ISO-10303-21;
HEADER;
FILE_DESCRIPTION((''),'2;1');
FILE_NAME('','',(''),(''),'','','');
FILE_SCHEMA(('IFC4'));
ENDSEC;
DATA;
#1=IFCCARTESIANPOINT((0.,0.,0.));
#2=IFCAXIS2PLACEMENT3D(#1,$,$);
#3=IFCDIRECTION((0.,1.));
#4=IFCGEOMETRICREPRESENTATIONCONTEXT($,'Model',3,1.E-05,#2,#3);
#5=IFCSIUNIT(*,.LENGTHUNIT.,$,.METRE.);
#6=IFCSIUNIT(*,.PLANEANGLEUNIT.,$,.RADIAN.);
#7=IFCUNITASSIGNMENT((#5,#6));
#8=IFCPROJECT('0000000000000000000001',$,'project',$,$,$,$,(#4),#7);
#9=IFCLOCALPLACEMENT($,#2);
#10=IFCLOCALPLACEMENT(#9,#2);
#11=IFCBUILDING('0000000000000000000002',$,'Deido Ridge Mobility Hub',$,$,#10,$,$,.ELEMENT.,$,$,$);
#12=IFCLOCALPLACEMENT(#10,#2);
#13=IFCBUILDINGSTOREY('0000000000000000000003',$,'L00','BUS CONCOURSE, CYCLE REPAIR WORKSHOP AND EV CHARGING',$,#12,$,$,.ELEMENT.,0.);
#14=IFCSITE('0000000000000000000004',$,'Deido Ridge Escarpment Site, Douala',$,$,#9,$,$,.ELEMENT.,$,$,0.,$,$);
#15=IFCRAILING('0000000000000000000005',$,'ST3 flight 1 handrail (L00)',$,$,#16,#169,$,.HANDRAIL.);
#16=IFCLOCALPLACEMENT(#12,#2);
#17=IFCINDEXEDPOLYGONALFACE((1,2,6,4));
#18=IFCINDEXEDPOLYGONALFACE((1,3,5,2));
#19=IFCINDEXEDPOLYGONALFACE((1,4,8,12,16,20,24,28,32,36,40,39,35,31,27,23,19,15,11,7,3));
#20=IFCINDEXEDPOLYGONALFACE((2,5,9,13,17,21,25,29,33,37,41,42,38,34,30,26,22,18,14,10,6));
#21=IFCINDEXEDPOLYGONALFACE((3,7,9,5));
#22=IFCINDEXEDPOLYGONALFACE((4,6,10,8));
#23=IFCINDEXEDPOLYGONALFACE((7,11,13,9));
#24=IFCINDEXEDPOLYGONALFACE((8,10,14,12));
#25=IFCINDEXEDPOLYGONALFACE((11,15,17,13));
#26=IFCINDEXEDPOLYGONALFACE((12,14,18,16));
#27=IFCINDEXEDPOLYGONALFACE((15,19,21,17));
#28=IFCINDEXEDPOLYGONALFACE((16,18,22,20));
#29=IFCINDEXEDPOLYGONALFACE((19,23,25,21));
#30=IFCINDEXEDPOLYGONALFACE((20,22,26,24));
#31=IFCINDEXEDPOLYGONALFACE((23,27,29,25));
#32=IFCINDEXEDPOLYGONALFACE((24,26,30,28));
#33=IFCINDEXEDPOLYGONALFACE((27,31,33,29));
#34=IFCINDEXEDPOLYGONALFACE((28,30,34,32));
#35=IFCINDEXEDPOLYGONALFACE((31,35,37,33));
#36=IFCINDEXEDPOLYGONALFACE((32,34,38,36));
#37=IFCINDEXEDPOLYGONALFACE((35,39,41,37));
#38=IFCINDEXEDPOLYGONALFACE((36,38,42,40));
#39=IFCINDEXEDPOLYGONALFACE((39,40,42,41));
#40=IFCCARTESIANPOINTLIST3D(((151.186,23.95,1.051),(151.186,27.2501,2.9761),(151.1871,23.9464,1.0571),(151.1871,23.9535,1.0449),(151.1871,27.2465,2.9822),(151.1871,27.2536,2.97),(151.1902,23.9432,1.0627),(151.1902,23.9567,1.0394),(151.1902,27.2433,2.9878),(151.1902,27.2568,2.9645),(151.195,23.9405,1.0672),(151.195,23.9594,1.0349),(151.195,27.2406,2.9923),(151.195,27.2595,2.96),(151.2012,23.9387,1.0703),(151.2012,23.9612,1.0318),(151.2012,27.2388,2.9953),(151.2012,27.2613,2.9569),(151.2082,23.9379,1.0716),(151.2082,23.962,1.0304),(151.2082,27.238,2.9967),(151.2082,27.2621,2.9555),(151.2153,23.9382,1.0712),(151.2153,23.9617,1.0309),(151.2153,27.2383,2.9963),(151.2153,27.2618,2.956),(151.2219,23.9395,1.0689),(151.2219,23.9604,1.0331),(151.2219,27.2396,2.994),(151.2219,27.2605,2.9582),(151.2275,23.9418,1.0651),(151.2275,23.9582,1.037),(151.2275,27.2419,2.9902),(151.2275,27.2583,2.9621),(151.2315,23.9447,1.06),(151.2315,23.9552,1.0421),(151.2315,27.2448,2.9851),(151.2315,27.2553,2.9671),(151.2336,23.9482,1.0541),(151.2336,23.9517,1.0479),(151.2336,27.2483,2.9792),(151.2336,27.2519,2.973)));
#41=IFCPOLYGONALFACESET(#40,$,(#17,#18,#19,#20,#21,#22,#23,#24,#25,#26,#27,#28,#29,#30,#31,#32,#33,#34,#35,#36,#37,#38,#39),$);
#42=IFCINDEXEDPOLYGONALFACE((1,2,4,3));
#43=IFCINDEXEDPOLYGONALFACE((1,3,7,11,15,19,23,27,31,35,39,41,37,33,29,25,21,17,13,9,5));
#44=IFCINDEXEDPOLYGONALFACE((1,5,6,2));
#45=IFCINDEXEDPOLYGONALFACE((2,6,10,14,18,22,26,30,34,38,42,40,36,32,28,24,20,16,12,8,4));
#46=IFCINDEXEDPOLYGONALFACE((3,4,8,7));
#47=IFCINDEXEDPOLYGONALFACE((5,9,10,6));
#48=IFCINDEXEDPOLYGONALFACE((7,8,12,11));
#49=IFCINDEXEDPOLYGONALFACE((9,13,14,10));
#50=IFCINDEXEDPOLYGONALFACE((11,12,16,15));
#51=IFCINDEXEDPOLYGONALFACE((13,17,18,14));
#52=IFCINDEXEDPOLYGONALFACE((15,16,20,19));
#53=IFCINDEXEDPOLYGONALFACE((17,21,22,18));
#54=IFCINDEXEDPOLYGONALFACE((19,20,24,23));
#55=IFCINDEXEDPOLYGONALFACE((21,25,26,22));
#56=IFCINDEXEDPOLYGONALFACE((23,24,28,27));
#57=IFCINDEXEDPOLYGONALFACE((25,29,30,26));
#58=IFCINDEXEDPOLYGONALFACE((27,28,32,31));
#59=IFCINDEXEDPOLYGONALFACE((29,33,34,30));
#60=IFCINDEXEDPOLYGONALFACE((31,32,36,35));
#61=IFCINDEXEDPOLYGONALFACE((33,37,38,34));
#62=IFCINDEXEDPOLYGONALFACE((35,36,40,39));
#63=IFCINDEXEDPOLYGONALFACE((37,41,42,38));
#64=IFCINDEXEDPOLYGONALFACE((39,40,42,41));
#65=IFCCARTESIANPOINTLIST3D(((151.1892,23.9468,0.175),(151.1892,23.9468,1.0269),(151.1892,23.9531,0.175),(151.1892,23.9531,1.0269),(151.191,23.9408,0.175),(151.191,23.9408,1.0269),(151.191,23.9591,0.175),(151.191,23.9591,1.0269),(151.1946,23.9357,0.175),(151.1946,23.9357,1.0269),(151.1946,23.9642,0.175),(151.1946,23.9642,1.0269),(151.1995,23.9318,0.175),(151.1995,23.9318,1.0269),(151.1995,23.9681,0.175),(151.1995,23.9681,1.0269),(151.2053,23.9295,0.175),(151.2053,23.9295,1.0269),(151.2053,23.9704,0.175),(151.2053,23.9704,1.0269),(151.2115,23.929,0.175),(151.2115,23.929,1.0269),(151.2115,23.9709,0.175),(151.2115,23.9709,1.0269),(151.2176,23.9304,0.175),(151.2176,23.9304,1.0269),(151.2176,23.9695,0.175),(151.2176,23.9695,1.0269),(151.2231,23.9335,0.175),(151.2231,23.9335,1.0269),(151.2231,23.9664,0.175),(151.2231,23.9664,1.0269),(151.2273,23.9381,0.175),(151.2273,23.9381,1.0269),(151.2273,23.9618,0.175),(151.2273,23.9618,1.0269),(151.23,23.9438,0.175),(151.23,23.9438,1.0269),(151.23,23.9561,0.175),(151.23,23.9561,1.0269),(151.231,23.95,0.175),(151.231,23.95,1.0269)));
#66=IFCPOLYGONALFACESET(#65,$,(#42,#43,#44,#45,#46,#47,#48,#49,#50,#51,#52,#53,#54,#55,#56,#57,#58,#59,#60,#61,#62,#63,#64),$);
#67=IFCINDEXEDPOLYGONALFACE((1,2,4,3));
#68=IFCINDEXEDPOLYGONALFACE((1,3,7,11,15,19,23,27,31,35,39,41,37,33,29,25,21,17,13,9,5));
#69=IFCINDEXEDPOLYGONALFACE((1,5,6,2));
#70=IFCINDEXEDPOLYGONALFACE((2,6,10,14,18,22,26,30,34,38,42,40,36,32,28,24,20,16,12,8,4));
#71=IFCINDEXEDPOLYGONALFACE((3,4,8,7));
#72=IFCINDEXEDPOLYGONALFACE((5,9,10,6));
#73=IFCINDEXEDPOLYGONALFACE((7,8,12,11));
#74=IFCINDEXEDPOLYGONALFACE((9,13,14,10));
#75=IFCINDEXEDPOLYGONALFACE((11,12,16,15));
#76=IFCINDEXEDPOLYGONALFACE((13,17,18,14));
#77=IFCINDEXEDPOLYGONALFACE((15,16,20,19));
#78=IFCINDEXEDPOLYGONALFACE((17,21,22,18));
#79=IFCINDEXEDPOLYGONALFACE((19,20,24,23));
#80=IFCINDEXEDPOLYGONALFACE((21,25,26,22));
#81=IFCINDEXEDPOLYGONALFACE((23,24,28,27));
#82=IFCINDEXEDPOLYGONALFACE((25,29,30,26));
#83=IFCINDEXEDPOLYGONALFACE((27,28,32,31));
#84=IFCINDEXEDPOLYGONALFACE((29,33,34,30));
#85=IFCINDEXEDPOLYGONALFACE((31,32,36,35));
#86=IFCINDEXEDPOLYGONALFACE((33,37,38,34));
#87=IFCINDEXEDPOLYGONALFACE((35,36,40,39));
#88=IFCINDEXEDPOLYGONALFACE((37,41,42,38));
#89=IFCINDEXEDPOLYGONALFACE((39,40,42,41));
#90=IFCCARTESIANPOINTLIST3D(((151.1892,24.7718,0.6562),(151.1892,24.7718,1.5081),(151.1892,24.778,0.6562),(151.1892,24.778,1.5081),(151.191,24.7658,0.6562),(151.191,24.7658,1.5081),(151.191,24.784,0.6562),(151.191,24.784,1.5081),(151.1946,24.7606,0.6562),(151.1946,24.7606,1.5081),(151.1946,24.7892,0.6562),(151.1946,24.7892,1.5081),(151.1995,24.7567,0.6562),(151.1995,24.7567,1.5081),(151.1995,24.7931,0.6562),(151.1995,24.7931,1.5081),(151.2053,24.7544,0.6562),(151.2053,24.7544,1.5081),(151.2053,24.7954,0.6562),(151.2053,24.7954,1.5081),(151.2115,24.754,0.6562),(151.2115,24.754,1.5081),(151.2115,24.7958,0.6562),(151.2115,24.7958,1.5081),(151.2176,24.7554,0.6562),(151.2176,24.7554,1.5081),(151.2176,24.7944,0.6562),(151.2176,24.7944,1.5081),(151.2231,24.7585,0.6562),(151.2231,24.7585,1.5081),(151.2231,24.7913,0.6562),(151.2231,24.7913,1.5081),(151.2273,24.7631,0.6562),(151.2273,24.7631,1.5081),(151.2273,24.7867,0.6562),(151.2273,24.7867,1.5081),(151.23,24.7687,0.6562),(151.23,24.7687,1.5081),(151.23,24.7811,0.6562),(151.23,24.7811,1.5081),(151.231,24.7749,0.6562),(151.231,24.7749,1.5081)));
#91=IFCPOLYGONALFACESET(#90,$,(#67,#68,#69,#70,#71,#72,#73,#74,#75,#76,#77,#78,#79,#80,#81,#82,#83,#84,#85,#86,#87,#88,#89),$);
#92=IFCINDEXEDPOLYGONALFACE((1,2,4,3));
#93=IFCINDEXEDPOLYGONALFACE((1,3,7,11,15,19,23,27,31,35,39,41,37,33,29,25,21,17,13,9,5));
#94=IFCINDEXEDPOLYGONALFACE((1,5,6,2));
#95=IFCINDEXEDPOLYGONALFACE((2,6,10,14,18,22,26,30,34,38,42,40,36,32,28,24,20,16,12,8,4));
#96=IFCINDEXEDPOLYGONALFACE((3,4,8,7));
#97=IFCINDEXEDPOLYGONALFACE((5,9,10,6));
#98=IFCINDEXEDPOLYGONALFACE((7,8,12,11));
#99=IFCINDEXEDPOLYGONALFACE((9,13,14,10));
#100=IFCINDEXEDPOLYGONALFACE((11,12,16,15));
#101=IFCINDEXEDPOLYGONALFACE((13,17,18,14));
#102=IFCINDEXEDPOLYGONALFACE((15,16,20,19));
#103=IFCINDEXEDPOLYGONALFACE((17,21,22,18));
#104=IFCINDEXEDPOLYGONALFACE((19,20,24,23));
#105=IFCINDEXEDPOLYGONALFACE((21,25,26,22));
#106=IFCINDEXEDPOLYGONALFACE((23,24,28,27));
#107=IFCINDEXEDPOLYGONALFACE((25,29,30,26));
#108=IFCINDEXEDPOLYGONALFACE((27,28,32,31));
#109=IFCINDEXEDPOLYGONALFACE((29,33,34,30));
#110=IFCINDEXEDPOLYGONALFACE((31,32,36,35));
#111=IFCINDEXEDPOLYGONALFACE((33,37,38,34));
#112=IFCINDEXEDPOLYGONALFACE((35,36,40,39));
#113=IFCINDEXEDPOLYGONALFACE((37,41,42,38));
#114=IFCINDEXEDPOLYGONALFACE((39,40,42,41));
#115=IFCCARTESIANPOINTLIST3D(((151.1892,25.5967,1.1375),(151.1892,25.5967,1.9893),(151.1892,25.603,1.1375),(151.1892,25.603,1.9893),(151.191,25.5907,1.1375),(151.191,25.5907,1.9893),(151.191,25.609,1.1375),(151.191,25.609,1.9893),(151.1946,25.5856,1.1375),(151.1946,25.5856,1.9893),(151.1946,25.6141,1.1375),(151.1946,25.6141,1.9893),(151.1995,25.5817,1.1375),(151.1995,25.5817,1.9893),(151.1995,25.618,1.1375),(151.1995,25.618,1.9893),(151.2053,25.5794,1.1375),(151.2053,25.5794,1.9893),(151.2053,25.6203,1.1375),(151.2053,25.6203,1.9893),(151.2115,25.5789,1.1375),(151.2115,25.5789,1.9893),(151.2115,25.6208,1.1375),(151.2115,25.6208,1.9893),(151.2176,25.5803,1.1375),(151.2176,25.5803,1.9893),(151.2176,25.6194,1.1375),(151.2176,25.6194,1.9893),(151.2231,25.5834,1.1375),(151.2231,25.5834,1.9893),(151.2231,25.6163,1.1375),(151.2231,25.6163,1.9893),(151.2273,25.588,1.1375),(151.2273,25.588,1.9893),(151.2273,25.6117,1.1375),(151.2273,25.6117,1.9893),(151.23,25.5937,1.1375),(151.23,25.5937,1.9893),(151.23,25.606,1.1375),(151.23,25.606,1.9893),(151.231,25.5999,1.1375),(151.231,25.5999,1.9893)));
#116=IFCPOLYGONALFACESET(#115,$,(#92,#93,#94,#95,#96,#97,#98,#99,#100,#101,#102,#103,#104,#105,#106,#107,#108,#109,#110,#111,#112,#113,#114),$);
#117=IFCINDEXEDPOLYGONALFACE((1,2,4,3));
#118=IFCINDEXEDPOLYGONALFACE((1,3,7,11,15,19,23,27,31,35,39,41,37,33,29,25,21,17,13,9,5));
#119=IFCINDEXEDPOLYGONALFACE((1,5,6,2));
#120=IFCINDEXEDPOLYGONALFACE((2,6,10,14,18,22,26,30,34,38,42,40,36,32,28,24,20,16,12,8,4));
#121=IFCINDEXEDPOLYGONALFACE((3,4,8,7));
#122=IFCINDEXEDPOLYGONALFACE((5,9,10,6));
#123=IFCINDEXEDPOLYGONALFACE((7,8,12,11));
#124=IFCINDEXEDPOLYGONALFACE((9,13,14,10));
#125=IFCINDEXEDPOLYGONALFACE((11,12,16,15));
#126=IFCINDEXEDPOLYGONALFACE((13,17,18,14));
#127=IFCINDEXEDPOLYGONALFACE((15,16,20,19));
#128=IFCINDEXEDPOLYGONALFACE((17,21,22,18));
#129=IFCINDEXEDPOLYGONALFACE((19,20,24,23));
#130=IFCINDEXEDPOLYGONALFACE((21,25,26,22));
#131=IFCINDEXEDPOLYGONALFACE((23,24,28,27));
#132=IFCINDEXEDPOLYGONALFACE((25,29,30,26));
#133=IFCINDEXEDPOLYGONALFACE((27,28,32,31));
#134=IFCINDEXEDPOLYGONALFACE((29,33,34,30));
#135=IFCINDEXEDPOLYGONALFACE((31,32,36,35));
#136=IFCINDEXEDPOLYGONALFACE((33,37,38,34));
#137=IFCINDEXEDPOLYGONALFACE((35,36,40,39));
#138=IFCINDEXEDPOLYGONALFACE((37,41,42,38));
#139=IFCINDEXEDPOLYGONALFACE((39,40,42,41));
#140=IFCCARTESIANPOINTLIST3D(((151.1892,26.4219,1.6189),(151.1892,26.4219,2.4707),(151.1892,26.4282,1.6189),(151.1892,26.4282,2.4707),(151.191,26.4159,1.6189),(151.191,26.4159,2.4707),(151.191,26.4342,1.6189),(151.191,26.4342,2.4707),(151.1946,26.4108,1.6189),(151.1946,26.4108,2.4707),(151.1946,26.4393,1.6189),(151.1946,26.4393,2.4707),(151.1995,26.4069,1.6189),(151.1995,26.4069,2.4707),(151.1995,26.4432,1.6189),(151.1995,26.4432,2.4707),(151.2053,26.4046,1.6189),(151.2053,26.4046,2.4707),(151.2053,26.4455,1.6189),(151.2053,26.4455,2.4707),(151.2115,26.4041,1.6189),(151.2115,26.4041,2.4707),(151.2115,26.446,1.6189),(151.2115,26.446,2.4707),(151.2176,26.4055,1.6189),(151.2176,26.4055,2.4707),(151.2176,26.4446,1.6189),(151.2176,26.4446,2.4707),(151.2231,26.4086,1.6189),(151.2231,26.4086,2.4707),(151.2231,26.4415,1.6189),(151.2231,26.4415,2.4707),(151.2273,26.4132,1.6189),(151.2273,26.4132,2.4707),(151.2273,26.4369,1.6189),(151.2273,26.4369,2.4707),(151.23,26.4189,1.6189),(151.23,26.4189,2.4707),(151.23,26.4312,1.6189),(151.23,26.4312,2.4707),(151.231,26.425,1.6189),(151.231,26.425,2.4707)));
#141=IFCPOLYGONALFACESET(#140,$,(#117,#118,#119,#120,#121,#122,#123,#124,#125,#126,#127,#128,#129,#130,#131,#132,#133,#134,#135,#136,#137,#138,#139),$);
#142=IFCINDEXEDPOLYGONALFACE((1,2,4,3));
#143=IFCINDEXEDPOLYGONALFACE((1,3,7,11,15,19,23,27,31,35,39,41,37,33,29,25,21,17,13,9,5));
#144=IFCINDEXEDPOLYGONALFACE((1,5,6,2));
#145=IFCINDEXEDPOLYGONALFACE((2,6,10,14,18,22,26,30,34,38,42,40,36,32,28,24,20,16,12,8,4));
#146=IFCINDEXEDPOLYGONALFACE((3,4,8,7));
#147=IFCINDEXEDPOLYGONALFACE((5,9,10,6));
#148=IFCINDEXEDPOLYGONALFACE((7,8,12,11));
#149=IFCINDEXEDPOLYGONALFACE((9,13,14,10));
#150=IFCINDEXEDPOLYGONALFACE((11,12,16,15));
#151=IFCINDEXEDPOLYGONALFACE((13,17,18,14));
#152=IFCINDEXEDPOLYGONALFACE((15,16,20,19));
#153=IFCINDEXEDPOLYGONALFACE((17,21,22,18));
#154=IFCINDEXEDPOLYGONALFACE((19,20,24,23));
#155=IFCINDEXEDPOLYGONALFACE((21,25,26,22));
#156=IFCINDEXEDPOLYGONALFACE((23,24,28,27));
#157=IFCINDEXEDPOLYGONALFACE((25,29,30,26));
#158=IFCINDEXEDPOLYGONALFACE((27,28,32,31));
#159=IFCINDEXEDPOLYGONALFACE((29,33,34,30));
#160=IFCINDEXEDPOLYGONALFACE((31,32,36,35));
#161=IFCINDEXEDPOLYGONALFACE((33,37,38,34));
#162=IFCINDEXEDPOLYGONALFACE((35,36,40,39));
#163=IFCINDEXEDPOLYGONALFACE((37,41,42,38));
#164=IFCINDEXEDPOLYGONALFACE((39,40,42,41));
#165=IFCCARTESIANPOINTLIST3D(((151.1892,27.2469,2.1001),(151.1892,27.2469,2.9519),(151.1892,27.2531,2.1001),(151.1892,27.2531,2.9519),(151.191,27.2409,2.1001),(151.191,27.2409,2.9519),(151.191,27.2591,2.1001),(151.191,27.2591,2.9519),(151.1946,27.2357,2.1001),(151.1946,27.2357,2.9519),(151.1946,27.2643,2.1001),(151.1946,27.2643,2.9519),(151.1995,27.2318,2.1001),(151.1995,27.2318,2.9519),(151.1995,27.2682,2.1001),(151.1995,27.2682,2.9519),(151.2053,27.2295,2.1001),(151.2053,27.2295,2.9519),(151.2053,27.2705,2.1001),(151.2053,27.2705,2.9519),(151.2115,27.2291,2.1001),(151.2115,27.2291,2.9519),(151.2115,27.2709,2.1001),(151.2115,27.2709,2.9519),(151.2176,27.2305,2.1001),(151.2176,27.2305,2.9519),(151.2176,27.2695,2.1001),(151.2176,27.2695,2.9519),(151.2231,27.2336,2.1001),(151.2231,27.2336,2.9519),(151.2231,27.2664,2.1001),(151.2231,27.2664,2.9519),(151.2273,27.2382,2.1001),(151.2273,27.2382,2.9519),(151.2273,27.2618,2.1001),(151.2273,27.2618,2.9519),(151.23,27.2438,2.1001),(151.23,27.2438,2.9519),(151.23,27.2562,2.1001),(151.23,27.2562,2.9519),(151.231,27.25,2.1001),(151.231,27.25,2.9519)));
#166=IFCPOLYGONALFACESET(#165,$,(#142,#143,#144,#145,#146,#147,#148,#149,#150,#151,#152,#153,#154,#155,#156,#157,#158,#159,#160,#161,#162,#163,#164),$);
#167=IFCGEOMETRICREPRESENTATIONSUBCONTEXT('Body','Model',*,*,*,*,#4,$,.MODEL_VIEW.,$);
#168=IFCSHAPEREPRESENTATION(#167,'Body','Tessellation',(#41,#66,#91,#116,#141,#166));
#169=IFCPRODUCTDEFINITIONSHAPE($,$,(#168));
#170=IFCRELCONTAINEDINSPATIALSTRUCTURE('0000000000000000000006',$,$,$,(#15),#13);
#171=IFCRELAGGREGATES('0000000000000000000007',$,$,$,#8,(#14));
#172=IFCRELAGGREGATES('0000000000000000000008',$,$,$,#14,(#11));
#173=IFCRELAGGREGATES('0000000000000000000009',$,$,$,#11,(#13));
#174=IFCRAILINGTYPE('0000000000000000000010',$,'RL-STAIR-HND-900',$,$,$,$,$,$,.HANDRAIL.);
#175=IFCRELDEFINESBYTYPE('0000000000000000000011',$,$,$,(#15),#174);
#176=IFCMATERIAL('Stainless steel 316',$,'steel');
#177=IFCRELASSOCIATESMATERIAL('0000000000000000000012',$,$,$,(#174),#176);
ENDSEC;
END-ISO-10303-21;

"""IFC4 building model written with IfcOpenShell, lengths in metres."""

from ifc_helpers import new_model, si_unit, direction, frame, origin, origin_2d, place, context, subcontext, project, spatial, circle, extrude, material, type_object, element, save


model = new_model("IFC4")

# Units and contexts
model_context = context("Model", 3, precision=1e-05, world=origin(), true_north=direction((0.0, 1.0)))
body_context = subcontext(model_context, "Body", "Model", "MODEL_VIEW")
ifc_project = project(units=[si_unit("LENGTHUNIT", "METRE"), si_unit("PLANEANGLEUNIT", "RADIAN")], contexts=[model_context])

# Site, building, storey
site_placement = place(None, origin())
site = spatial("IfcSite", under=ifc_project, at=site_placement, Name="Deido Ridge Escarpment Site, Douala", CompositionType="ELEMENT", RefElevation=0.0)
building_placement = place(site_placement, origin())
building = spatial("IfcBuilding", under=site, at=building_placement, Name="Deido Ridge Mobility Hub", CompositionType="ELEMENT")
storey_placement = place(building_placement, origin())
storey = spatial("IfcBuildingStorey", under=building, at=storey_placement, Name="L00", Description="BUS CONCOURSE, CYCLE REPAIR WORKSHOP AND EV CHARGING", CompositionType="ELEMENT", Elevation=0.0)

# Shared definitions
ifc_material_1 = material(Name="Stainless steel 316", Category="steel")

# Railing
railing_type_1 = type_object("IfcRailingType", Name="RL-STAIR-HND-900", PredefinedType="HANDRAIL", material=ifc_material_1)
railing_1_placement = place(storey_placement, frame((151.21, 23.95, 0.175)))
element("IfcRailing", 1, at=railing_1_placement, inside=storey, type_object=railing_type_1, Name="ST3 flight 1 handrail (L00)", PredefinedType="HANDRAIL", context=body_context, shape_type="SweptSolid", body=[
    extrude(circle(Radius=0.0239, at=origin_2d()), frame((0.0, 0.0, 0.876), z_axis=(0.0, 0.863777, 0.503875), x_axis=(-1.0, 0.0, 0.0)), (0.0, 0.0, 1.0), 3.8206),
    extrude(circle(Radius=0.021, at=origin_2d()), origin(), (0.0, 0.0, 1.0), 0.8518),
    extrude(circle(Radius=0.021, at=origin_2d()), frame((0.0, 0.825, 0.4812)), (0.0, 0.0, 1.0), 0.8518),
    extrude(circle(Radius=0.021, at=origin_2d()), frame((0.0, 1.6499, 0.9624)), (0.0, 0.0, 1.0), 0.8518),
    extrude(circle(Radius=0.021, at=origin_2d()), frame((0.0, 2.4751, 1.4438)), (0.0, 0.0, 1.0), 0.8518),
    extrude(circle(Radius=0.021, at=origin_2d()), frame((0.0, 3.3, 1.925)), (0.0, 0.0, 1.0), 0.8518),
])

save(model, "model.ifc")
